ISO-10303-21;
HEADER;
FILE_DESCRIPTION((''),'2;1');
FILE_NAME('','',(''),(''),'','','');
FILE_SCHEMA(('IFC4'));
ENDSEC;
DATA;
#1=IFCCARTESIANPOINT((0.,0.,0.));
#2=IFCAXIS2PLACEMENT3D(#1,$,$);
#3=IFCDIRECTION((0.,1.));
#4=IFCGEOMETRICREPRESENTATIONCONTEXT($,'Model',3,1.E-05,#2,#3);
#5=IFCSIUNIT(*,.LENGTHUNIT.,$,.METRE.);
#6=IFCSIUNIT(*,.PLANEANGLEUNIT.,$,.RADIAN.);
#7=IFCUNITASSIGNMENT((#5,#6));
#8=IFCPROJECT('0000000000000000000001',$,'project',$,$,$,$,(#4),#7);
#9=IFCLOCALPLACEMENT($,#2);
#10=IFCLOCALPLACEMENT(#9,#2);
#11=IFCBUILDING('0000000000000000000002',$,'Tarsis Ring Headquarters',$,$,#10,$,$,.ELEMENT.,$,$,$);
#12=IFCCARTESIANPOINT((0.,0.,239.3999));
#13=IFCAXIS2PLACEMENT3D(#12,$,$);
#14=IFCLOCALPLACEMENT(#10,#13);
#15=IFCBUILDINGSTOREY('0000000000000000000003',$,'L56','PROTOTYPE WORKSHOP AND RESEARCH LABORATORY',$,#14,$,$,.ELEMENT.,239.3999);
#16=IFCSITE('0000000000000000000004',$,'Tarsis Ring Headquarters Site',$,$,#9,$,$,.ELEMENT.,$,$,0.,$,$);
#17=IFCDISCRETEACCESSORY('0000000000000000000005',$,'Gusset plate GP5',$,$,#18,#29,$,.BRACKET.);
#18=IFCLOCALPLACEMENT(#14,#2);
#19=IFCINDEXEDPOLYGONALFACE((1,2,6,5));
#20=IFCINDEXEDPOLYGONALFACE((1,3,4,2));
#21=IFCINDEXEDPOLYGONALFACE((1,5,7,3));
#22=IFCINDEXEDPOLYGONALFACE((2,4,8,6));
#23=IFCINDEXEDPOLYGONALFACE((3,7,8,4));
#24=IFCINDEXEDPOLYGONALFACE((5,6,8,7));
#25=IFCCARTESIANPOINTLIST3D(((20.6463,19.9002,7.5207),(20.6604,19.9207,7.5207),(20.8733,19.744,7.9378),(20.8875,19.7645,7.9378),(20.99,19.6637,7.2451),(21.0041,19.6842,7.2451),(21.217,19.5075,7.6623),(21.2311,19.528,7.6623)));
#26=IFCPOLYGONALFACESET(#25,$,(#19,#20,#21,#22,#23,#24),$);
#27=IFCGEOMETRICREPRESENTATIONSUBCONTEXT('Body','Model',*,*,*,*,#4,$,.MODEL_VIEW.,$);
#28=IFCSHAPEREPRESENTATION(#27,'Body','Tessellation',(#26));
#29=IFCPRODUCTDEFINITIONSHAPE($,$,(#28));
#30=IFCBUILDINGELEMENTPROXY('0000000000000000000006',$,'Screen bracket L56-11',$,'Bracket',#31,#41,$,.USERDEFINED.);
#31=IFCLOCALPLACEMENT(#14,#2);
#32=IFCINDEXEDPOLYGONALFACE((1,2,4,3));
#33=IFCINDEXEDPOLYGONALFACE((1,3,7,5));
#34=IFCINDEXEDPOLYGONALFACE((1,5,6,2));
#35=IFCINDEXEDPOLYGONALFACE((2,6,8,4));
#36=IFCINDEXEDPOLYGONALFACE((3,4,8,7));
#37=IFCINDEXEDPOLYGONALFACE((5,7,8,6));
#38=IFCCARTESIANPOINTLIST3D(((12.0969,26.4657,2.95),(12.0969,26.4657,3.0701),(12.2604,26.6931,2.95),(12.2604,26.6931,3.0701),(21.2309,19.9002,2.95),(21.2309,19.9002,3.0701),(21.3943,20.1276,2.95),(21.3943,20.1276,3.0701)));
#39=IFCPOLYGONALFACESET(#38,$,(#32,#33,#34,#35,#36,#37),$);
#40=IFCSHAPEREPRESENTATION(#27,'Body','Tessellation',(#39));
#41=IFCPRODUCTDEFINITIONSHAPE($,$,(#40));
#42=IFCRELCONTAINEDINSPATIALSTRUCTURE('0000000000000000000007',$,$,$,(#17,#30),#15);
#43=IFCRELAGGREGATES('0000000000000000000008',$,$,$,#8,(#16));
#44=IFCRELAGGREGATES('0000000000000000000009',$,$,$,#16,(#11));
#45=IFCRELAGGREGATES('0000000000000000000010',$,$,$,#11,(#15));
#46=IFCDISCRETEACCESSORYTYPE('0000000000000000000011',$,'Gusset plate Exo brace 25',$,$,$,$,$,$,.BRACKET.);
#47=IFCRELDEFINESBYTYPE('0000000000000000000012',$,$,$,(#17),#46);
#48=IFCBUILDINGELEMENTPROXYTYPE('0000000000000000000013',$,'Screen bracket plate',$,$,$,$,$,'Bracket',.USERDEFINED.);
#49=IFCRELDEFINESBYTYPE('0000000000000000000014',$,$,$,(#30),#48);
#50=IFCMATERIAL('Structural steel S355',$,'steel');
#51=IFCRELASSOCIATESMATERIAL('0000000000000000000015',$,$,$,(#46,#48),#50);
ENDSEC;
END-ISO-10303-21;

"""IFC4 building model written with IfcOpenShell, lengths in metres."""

from ifc_helpers import new_model, si_unit, direction, frame, origin, origin_2d, place, context, subcontext, project, spatial, rectangle, extrude, material, material_profile, profile_set, type_object, element, save


model = new_model("IFC4")

# Units and contexts
model_context = context("Model", 3, precision=1e-05, world=origin(), true_north=direction((0.0, 1.0)))
body_context = subcontext(model_context, "Body", "Model", "MODEL_VIEW")
ifc_project = project(units=[si_unit("LENGTHUNIT", "METRE"), si_unit("PLANEANGLEUNIT", "RADIAN")], contexts=[model_context])

# Site, building, storey
site_placement = place(None, origin())
site = spatial("IfcSite", under=ifc_project, at=site_placement, Name="Tarsis Ring Headquarters Site", CompositionType="ELEMENT", RefElevation=0.0)
building_placement = place(site_placement, origin())
building = spatial("IfcBuilding", under=site, at=building_placement, Name="Tarsis Ring Headquarters", CompositionType="ELEMENT")
storey_placement = place(building_placement, frame((0.0, 0.0, 239.3999)))
storey = spatial("IfcBuildingStorey", under=building, at=storey_placement, Name="L56", Description="PROTOTYPE WORKSHOP AND RESEARCH LABORATORY", CompositionType="ELEMENT", Elevation=239.3999)

# Shared definitions
ifc_material_1 = material(Name="Structural steel S355", Category="steel")

# Discrete accessory
ifc_material_profile_1 = material_profile(ifc_material_1, rectangle(XDim=0.0249, YDim=0.5, at=origin_2d()), Name="PL 25x500")
ifc_profile_set_1 = profile_set([ifc_material_profile_1], Name="Structural steel S355")
discrete_accessory_type = type_object("IfcDiscreteAccessoryType", Name="Gusset plate Exo brace 25", PredefinedType="BRACKET", material=ifc_profile_set_1)
for number, where, z_axis, x_axis, name in (
    (1, (21.0522, 19.636, 7.8), (-0.454054, 0.312467, -0.834385), (-0.566905, -0.823783, 0.0), "Gusset plate GP5"),
):
    element("IfcDiscreteAccessory", number, at=place(storey_placement, frame(where, z_axis=z_axis, x_axis=x_axis)), inside=storey, type_object=discrete_accessory_type, Name=name, PredefinedType="BRACKET", context=body_context, shape_type="SweptSolid", body=[
        extrude(rectangle(XDim=0.0249, YDim=0.5, at=origin_2d()), origin(), (0.0, 0.0, 1.0), 0.5),
    ])

# Building element proxy
building_element_proxy_type = type_object("IfcBuildingElementProxyType", Name="Screen bracket plate", ElementType="Bracket", PredefinedType="USERDEFINED", material=ifc_material_1)
proxy_placement = place(storey_placement, frame((16.7456, 23.2966, 2.95), z_axis=(0.0, 0.0, 1.0), x_axis=(-0.811994, 0.583665, 0.0)))
element("IfcBuildingElementProxy", 2, at=proxy_placement, inside=storey, type_object=building_element_proxy_type, Name="Screen bracket L56-11", ObjectType="Bracket", PredefinedType="USERDEFINED", context=body_context, shape_type="SweptSolid", body=[
    extrude(rectangle(XDim=11.2488, YDim=0.28, at=origin_2d()), origin(), (0.0, 0.0, 1.0), 0.1201),
])

save(model, "model.ifc")
